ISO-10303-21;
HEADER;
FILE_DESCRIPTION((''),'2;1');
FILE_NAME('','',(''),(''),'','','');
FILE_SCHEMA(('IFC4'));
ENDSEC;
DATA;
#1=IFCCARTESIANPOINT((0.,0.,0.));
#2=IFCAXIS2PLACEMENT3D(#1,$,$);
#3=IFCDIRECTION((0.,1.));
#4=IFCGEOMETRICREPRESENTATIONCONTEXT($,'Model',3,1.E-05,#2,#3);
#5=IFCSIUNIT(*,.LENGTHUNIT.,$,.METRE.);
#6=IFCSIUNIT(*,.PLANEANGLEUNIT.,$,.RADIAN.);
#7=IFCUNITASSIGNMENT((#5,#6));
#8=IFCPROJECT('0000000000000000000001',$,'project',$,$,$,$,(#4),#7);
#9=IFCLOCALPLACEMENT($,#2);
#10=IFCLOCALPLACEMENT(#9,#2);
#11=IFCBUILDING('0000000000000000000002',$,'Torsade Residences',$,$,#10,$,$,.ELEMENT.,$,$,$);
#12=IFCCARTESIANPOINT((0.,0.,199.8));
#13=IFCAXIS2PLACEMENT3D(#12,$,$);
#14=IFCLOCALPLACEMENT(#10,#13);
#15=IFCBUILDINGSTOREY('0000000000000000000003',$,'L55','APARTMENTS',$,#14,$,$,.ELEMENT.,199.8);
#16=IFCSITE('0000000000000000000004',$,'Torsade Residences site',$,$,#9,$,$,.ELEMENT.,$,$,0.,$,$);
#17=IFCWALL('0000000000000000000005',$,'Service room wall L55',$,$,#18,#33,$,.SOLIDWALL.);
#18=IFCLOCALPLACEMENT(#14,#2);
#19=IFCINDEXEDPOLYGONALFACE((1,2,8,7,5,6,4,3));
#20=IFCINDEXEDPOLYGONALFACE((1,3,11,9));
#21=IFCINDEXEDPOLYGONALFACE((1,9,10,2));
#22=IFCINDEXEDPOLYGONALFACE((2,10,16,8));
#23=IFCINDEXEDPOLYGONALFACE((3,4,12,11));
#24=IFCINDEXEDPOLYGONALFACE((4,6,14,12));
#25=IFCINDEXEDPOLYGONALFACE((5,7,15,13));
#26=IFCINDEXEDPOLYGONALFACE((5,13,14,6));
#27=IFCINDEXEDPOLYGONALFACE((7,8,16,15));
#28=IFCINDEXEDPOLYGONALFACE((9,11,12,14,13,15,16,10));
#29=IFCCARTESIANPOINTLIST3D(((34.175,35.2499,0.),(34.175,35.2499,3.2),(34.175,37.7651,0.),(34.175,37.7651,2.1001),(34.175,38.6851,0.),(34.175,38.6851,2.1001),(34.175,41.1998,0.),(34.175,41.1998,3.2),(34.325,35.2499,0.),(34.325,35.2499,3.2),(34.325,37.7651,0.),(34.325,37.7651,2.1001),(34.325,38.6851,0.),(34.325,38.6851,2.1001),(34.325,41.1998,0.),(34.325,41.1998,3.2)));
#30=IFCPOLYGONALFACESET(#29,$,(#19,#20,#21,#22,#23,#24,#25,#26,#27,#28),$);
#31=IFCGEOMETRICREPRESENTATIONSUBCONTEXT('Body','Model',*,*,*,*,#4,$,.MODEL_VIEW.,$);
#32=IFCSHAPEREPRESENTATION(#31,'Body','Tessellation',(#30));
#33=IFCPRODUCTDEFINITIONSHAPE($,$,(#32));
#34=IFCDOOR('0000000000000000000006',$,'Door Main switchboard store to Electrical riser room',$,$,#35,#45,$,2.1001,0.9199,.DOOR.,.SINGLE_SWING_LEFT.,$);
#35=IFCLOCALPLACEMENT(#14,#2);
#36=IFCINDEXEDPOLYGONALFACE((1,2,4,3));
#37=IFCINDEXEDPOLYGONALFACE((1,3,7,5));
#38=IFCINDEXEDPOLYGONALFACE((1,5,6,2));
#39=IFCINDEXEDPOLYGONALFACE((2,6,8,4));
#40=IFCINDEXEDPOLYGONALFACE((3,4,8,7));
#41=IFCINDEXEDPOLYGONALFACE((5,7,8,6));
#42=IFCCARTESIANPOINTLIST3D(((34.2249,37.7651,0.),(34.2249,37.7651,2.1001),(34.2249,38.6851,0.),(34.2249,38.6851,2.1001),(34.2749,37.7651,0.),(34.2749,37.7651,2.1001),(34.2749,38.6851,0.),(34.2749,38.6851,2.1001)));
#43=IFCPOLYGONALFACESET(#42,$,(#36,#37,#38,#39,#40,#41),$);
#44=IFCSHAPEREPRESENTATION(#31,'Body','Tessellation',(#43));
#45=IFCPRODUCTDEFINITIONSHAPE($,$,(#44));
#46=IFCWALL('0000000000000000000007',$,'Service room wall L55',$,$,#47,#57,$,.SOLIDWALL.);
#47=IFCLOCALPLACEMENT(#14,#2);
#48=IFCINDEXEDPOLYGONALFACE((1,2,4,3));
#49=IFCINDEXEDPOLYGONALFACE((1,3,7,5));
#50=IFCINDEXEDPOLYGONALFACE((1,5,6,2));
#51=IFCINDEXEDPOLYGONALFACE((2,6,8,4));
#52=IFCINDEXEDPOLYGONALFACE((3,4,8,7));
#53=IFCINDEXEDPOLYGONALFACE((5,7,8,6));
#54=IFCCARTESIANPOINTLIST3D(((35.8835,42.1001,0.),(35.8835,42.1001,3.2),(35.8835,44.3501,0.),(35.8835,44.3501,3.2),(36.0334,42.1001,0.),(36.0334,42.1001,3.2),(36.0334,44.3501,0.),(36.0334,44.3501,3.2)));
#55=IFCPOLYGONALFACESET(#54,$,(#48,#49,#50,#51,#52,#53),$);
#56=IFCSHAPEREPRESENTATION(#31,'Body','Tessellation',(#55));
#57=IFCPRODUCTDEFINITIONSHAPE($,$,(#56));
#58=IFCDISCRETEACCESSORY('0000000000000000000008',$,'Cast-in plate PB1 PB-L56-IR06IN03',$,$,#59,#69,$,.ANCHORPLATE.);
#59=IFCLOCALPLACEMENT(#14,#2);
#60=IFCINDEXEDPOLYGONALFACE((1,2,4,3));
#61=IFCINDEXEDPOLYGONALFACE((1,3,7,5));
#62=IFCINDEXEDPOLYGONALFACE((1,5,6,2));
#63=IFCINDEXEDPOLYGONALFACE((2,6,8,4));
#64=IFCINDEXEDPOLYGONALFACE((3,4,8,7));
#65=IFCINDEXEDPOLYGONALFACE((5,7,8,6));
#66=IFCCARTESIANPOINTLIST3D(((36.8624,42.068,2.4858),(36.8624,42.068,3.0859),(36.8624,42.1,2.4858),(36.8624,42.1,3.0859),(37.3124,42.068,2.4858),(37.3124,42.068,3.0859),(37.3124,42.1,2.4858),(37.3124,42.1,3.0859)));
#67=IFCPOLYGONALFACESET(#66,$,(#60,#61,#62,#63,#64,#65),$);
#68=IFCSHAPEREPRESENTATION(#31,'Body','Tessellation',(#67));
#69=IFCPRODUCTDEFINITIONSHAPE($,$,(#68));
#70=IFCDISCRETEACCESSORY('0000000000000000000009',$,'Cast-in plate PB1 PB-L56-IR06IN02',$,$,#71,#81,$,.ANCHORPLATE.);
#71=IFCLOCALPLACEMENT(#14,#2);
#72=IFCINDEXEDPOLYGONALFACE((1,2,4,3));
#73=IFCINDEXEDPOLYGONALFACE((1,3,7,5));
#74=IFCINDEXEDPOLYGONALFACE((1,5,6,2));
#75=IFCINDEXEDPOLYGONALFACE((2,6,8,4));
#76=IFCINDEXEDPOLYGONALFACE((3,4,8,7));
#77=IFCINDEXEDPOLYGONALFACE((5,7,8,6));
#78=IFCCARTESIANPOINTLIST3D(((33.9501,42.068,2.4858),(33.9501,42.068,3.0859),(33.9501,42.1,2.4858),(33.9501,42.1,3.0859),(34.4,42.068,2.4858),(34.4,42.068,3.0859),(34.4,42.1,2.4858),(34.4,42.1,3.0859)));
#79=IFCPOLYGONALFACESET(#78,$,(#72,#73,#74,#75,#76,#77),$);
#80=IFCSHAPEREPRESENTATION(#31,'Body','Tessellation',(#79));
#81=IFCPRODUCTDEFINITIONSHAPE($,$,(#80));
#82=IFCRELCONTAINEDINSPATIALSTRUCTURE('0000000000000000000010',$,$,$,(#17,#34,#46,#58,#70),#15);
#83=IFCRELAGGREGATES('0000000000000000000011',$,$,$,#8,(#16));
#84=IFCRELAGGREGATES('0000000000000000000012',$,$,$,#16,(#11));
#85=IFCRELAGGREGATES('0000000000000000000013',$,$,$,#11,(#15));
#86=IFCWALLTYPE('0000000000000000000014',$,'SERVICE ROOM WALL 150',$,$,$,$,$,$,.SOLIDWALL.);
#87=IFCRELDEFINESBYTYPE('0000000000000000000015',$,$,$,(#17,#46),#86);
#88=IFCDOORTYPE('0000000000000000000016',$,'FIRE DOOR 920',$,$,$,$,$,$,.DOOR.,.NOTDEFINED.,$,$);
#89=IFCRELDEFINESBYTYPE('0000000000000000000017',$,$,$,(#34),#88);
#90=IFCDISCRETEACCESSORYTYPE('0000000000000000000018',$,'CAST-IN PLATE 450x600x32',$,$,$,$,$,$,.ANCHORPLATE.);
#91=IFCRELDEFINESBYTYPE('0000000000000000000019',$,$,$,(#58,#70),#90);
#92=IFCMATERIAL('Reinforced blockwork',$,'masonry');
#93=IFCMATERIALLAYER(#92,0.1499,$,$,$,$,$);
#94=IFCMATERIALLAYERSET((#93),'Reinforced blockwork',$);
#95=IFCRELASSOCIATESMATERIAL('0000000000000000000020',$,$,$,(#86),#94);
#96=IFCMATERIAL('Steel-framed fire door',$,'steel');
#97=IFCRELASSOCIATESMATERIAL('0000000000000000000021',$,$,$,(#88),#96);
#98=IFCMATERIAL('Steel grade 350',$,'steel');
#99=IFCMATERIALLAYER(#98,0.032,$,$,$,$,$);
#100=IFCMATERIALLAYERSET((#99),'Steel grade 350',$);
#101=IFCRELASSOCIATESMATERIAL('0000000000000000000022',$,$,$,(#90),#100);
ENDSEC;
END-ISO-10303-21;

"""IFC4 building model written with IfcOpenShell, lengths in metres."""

from ifc_helpers import new_model, si_unit, direction, frame, frame_2d, origin, origin_2d, place, context, subcontext, project, spatial, rectangle, extrude, material, layer, layer_set, type_object, element, fill, save


model = new_model("IFC4")

# Units and contexts
model_context = context("Model", 3, precision=1e-05, world=origin(), true_north=direction((0.0, 1.0)))
body_context = subcontext(model_context, "Body", "Model", "MODEL_VIEW")
ifc_project = project(units=[si_unit("LENGTHUNIT", "METRE"), si_unit("PLANEANGLEUNIT", "RADIAN")], contexts=[model_context])

# Site, building, storey
site_placement = place(None, origin())
site = spatial("IfcSite", under=ifc_project, at=site_placement, Name="Torsade Residences site", CompositionType="ELEMENT", RefElevation=0.0)
building_placement = place(site_placement, origin())
building = spatial("IfcBuilding", under=site, at=building_placement, Name="Torsade Residences", CompositionType="ELEMENT")
storey_placement = place(building_placement, frame((0.0, 0.0, 199.8)))
storey = spatial("IfcBuildingStorey", under=building, at=storey_placement, Name="L55", Description="APARTMENTS", CompositionType="ELEMENT", Elevation=199.8)

# Wall, opening, door
ifc_material_1 = material(Name="Reinforced blockwork", Category="masonry")
ifc_layer_1 = layer(ifc_material_1, 0.1499)
ifc_layer_set_1 = layer_set([ifc_layer_1], Name="Reinforced blockwork")
wall_type_1 = type_object("IfcWallType", Name="SERVICE ROOM WALL 150", PredefinedType="SOLIDWALL", material=ifc_layer_set_1)
wall_1_placement = place(storey_placement, frame((34.25, 41.2, 0.0), z_axis=(0.0, 0.0, 1.0), x_axis=(0.0, -1.0, 0.0)))
wall_1 = element("IfcWall", 1, at=wall_1_placement, inside=storey, type_object=wall_type_1, Name="Service room wall L55", PredefinedType="SOLIDWALL", context=body_context, shape_type="SweptSolid", body=[
    extrude(rectangle(XDim=5.95, YDim=0.1499, at=frame_2d((2.9751, 0.0))), origin(), (0.0, 0.0, 1.0), 3.2),
])
opening_1_placement = place(wall_1_placement, frame((2.5149, 0.0, 0.0)))
opening_1 = element("IfcOpeningElement", 2, at=opening_1_placement, cuts=wall_1, PredefinedType="OPENING", context=body_context, shape_type="SweptSolid", body=[
    extrude(rectangle(XDim=0.9199, YDim=2.1001, at=frame_2d((0.46, 1.05))), frame((0.0, 0.085, 0.0), z_axis=(0.0, -1.0, 0.0), x_axis=(1.0, 0.0, 0.0)), (0.0, 0.0, 1.0), 0.1699),
])
ifc_material_2 = material(Name="Steel-framed fire door", Category="steel")
door_type_1 = type_object("IfcDoorType", Name="FIRE DOOR 920", OperationType="NOTDEFINED", PredefinedType="DOOR", material=ifc_material_2)
door_1_placement = place(opening_1_placement, origin())
door_1 = element("IfcDoor", 3, at=door_1_placement, inside=storey, type_object=door_type_1, Name="Door Main switchboard store to Electrical riser room", OperationType="SINGLE_SWING_LEFT", OverallHeight=2.1001, OverallWidth=0.9199, PredefinedType="DOOR", context=body_context, shape_type="SweptSolid", body=[
    extrude(rectangle(XDim=0.9199, YDim=2.1001, at=frame_2d((0.46, 1.05))), frame((0.0, 0.0249, 0.0), z_axis=(0.0, -1.0, 0.0), x_axis=(1.0, 0.0, 0.0)), (0.0, 0.0, 1.0), 0.05),
])
fill(opening_1, door_1)

# Wall
wall_2_placement = place(storey_placement, frame((35.9585, 42.1001, 0.0), z_axis=(0.0, 0.0, 1.0), x_axis=(0.0, 1.0, 0.0)))
element("IfcWall", 4, at=wall_2_placement, inside=storey, type_object=wall_type_1, Name="Service room wall L55", PredefinedType="SOLIDWALL", context=body_context, shape_type="SweptSolid", body=[
    extrude(rectangle(XDim=2.25, YDim=0.1499, at=frame_2d((1.125, 0.0))), origin(), (0.0, 0.0, 1.0), 3.2),
])

# Discrete accessories
ifc_material_3 = material(Name="Steel grade 350", Category="steel")
ifc_layer_2 = layer(ifc_material_3, 0.032)
ifc_layer_set_2 = layer_set([ifc_layer_2], Name="Steel grade 350")
discrete_accessory_type = type_object("IfcDiscreteAccessoryType", Name="CAST-IN PLATE 450x600x32", PredefinedType="ANCHORPLATE", material=ifc_layer_set_2)
for number, where, z_axis, x_axis, name in (
    (5, (37.0874, 42.084, 2.4858), (0.0, 0.0, 1.0), (1.0, 0.0, 0.0), "Cast-in plate PB1 PB-L56-IR06IN03"),
    (6, (34.175, 42.084, 2.4858), (0.0, 0.0, 1.0), (1.0, 0.0, 0.0), "Cast-in plate PB1 PB-L56-IR06IN02"),
):
    element("IfcDiscreteAccessory", number, at=place(storey_placement, frame(where, z_axis=z_axis, x_axis=x_axis)), inside=storey, type_object=discrete_accessory_type, Name=name, PredefinedType="ANCHORPLATE", context=body_context, shape_type="SweptSolid", body=[
        extrude(rectangle(XDim=0.45, YDim=0.032, at=origin_2d()), origin(), (0.0, 0.0, 1.0), 0.6001),
    ])

save(model, "model.ifc")
